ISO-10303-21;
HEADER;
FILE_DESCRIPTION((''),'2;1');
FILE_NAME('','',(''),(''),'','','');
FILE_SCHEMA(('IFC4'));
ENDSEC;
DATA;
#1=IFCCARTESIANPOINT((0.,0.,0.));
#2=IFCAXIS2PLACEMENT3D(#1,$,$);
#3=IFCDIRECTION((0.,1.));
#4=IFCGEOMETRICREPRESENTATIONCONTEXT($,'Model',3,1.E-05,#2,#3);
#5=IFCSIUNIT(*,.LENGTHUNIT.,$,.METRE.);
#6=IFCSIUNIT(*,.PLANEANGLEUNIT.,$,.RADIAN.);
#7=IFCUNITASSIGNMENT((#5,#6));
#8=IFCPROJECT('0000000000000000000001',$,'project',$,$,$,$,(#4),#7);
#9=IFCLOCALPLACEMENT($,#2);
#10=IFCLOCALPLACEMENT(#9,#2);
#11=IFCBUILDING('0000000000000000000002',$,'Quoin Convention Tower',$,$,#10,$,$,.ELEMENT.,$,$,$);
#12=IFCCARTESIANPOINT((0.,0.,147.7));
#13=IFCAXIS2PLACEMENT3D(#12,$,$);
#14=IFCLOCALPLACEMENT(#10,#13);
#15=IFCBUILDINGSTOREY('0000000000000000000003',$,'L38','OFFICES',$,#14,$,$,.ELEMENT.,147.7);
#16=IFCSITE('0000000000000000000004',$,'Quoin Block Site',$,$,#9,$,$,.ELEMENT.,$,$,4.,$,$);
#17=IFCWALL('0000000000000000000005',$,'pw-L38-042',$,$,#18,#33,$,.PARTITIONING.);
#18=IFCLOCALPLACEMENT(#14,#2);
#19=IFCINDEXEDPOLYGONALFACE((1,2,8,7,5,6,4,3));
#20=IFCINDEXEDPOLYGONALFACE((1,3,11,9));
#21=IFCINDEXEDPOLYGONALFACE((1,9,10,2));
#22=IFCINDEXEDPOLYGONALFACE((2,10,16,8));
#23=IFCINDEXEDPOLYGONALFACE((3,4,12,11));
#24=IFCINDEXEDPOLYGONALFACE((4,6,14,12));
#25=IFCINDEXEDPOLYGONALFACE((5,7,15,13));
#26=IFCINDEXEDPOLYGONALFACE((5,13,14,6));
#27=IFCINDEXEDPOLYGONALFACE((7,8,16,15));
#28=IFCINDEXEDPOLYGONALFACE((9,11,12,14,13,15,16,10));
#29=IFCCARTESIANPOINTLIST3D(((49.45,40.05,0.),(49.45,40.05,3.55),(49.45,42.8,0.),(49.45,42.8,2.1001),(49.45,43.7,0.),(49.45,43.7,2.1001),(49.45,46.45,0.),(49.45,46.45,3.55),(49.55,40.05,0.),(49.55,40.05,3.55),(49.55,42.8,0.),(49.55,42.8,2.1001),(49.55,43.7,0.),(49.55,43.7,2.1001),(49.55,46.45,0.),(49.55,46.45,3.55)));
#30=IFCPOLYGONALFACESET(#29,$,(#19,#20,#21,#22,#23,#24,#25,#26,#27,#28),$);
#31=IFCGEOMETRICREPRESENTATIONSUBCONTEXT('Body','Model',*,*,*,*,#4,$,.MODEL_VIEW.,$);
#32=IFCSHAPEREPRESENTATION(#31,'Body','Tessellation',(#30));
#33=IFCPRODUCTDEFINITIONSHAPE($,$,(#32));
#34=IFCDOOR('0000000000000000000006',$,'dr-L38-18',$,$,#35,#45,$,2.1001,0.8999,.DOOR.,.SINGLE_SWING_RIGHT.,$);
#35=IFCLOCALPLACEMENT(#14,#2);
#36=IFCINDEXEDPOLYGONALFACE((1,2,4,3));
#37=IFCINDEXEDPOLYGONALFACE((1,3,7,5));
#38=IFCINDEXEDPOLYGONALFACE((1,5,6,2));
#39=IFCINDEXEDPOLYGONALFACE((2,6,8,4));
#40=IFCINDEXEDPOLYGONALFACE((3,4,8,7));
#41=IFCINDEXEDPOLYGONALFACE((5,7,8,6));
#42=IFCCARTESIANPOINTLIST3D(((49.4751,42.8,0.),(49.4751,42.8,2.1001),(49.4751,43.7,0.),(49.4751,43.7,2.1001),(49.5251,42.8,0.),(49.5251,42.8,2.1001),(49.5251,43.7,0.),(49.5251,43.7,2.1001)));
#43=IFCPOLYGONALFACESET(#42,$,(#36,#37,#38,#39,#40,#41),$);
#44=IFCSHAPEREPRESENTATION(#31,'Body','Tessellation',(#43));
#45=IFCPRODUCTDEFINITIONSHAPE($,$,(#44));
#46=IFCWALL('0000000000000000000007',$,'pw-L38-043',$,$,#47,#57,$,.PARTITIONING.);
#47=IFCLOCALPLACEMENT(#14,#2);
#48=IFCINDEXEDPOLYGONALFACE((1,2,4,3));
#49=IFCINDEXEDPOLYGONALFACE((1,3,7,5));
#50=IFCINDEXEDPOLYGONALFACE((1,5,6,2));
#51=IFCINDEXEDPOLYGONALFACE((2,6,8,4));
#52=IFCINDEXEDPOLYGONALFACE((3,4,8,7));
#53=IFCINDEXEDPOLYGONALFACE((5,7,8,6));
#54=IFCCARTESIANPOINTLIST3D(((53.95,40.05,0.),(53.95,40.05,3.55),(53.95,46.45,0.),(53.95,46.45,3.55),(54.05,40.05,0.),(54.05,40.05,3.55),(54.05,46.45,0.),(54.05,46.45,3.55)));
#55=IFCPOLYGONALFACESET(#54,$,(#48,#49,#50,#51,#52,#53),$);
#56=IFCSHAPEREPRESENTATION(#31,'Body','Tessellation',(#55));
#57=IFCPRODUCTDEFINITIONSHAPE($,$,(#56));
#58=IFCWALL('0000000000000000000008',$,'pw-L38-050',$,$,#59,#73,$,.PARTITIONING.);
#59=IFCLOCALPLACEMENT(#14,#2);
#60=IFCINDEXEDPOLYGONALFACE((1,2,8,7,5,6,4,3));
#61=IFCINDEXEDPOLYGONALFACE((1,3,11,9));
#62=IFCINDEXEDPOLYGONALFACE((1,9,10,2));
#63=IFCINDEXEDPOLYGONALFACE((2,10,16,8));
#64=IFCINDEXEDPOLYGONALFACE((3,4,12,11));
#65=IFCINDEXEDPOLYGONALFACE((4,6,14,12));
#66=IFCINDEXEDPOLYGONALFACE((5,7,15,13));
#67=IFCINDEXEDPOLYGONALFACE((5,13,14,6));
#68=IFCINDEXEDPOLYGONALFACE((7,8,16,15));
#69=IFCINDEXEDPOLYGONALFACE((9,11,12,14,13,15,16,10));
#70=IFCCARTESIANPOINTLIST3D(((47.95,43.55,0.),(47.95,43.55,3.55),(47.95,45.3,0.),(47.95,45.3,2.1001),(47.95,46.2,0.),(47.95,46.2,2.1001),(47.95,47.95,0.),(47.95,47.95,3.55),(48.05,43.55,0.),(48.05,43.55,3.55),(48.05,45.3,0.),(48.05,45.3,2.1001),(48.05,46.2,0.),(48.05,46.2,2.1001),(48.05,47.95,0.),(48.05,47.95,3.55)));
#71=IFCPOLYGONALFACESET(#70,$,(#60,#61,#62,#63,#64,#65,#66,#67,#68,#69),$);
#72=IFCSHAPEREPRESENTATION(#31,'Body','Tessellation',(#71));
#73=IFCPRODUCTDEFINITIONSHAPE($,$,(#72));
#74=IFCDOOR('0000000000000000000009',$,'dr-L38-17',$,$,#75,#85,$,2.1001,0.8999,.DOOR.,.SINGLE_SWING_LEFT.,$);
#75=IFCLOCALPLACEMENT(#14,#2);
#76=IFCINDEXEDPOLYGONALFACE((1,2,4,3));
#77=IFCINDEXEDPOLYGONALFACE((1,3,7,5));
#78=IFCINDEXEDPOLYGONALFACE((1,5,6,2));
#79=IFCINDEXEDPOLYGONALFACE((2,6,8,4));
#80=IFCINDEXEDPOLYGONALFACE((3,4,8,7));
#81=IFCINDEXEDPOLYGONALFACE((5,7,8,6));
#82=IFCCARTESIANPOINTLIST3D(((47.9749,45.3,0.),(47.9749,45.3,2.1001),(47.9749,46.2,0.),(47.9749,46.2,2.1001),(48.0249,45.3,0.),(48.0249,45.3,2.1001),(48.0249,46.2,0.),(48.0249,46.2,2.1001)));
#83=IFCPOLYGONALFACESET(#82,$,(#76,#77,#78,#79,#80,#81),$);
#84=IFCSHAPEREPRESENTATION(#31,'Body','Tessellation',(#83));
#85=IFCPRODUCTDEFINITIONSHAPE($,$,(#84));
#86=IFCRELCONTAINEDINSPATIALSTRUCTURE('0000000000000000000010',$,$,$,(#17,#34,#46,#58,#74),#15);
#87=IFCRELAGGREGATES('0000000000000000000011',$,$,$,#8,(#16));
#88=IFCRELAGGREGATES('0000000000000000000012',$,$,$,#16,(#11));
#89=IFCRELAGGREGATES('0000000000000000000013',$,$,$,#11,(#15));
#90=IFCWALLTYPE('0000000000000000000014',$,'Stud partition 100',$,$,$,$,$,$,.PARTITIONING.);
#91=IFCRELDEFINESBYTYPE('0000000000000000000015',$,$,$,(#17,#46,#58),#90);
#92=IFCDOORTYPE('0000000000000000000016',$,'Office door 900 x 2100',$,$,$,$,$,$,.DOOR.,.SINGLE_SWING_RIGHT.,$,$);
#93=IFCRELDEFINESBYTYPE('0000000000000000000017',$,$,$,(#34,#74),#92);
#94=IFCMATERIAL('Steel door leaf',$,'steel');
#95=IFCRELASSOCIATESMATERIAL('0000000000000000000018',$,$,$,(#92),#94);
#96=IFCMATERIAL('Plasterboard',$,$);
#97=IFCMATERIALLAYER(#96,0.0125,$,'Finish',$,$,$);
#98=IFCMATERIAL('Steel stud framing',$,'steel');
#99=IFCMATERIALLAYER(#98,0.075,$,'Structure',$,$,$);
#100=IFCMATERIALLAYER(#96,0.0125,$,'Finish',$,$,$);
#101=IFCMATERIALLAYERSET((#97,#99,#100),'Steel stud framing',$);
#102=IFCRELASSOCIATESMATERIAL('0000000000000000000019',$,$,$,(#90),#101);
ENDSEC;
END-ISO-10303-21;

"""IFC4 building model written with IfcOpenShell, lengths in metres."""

from ifc_helpers import new_model, si_unit, direction, frame, frame_2d, origin, place, context, subcontext, project, spatial, rectangle, extrude, material, layer, layer_set, type_object, element, fill, save


model = new_model("IFC4")

# Units and contexts
model_context = context("Model", 3, precision=1e-05, world=origin(), true_north=direction((0.0, 1.0)))
body_context = subcontext(model_context, "Body", "Model", "MODEL_VIEW")
ifc_project = project(units=[si_unit("LENGTHUNIT", "METRE"), si_unit("PLANEANGLEUNIT", "RADIAN")], contexts=[model_context])

# Site, building, storey
site_placement = place(None, origin())
site = spatial("IfcSite", under=ifc_project, at=site_placement, Name="Quoin Block Site", CompositionType="ELEMENT", RefElevation=4.0)
building_placement = place(site_placement, origin())
building = spatial("IfcBuilding", under=site, at=building_placement, Name="Quoin Convention Tower", CompositionType="ELEMENT")
storey_placement = place(building_placement, frame((0.0, 0.0, 147.7)))
storey = spatial("IfcBuildingStorey", under=building, at=storey_placement, Name="L38", Description="OFFICES", CompositionType="ELEMENT", Elevation=147.7)

# Shared definitions
ifc_material_1 = material(Name="Plasterboard")
ifc_material_2 = material(Name="Steel stud framing", Category="steel")
ifc_material_3 = material(Name="Steel door leaf", Category="steel")
door_type = type_object("IfcDoorType", Name="Office door 900 x 2100", OperationType="SINGLE_SWING_RIGHT", PredefinedType="DOOR", material=ifc_material_3)

# Shared definitions
ifc_layer_1 = layer(ifc_material_1, 0.0125, Name="Finish")
ifc_layer_2 = layer(ifc_material_2, 0.075, Name="Structure")
ifc_layer_3 = layer(ifc_material_1, 0.0125, Name="Finish")
ifc_layer_set_1 = layer_set([ifc_layer_1, ifc_layer_2, ifc_layer_3], Name="Steel stud framing")
wall_type_1 = type_object("IfcWallType", Name="Stud partition 100", PredefinedType="PARTITIONING", material=ifc_layer_set_1)

# Wall, opening, door
wall_1_placement = place(storey_placement, frame((49.5, 40.05, 0.0), z_axis=(0.0, 0.0, 1.0), x_axis=(0.0, 1.0, 0.0)))
wall_1 = element("IfcWall", 1, at=wall_1_placement, inside=storey, type_object=wall_type_1, Name="pw-L38-042", PredefinedType="PARTITIONING", context=body_context, shape_type="SweptSolid", body=[
    extrude(rectangle(XDim=6.3999, YDim=0.1001, at=frame_2d((3.2, 0.0))), origin(), (0.0, 0.0, 1.0), 3.55),
])
opening_1_placement = place(wall_1_placement, frame((2.75, 0.0, 0.0)))
opening_1 = element("IfcOpeningElement", 2, at=opening_1_placement, cuts=wall_1, PredefinedType="OPENING", context=body_context, shape_type="SweptSolid", body=[
    extrude(rectangle(XDim=0.8999, YDim=2.1001, at=frame_2d((0.45, 1.05))), frame((0.0, 0.0601, 0.0), z_axis=(0.0, -1.0, 0.0), x_axis=(1.0, 0.0, 0.0)), (0.0, 0.0, 1.0), 0.1201),
])
door_1_placement = place(opening_1_placement, origin())
door_1 = element("IfcDoor", 3, at=door_1_placement, inside=storey, type_object=door_type, Name="dr-L38-18", OperationType="SINGLE_SWING_RIGHT", OverallHeight=2.1001, OverallWidth=0.8999, PredefinedType="DOOR", context=body_context, shape_type="SweptSolid", body=[
    extrude(rectangle(XDim=0.8999, YDim=2.1001, at=frame_2d((0.45, 1.05))), frame((0.0, 0.0249, 0.0), z_axis=(0.0, -1.0, 0.0), x_axis=(1.0, 0.0, 0.0)), (0.0, 0.0, 1.0), 0.05),
])
fill(opening_1, door_1)

# Wall
wall_2_placement = place(storey_placement, frame((54.0, 40.05, 0.0), z_axis=(0.0, 0.0, 1.0), x_axis=(0.0, 1.0, 0.0)))
element("IfcWall", 4, at=wall_2_placement, inside=storey, type_object=wall_type_1, Name="pw-L38-043", PredefinedType="PARTITIONING", context=body_context, shape_type="SweptSolid", body=[
    extrude(rectangle(XDim=6.3999, YDim=0.1001, at=frame_2d((3.2, 0.0))), origin(), (0.0, 0.0, 1.0), 3.55),
])

# Wall, opening, door
wall_3_placement = place(storey_placement, frame((48.0, 43.55, 0.0), z_axis=(0.0, 0.0, 1.0), x_axis=(0.0, 1.0, 0.0)))
wall_3 = element("IfcWall", 5, at=wall_3_placement, inside=storey, type_object=wall_type_1, Name="pw-L38-050", PredefinedType="PARTITIONING", context=body_context, shape_type="SweptSolid", body=[
    extrude(rectangle(XDim=4.3999, YDim=0.1001, at=frame_2d((2.2, 0.0))), origin(), (0.0, 0.0, 1.0), 3.55),
])
opening_2_placement = place(wall_3_placement, frame((1.75, 0.0, 0.0)))
opening_2 = element("IfcOpeningElement", 6, at=opening_2_placement, cuts=wall_3, PredefinedType="OPENING", context=body_context, shape_type="SweptSolid", body=[
    extrude(rectangle(XDim=0.8999, YDim=2.1001, at=frame_2d((0.45, 1.05))), frame((0.0, 0.0601, 0.0), z_axis=(0.0, -1.0, 0.0), x_axis=(1.0, 0.0, 0.0)), (0.0, 0.0, 1.0), 0.1201),
])
door_2_placement = place(opening_2_placement, frame((0.8999, 0.0, 0.0), z_axis=(0.0, 0.0, 1.0), x_axis=(-1.0, 0.0, 0.0)))
door_2 = element("IfcDoor", 7, at=door_2_placement, inside=storey, type_object=door_type, Name="dr-L38-17", OperationType="SINGLE_SWING_LEFT", OverallHeight=2.1001, OverallWidth=0.8999, PredefinedType="DOOR", context=body_context, shape_type="SweptSolid", body=[
    extrude(rectangle(XDim=0.8999, YDim=2.1001, at=frame_2d((0.45, 1.05))), frame((0.0, 0.0249, 0.0), z_axis=(0.0, -1.0, 0.0), x_axis=(1.0, 0.0, 0.0)), (0.0, 0.0, 1.0), 0.05),
])
fill(opening_2, door_2)

save(model, "model.ifc")
